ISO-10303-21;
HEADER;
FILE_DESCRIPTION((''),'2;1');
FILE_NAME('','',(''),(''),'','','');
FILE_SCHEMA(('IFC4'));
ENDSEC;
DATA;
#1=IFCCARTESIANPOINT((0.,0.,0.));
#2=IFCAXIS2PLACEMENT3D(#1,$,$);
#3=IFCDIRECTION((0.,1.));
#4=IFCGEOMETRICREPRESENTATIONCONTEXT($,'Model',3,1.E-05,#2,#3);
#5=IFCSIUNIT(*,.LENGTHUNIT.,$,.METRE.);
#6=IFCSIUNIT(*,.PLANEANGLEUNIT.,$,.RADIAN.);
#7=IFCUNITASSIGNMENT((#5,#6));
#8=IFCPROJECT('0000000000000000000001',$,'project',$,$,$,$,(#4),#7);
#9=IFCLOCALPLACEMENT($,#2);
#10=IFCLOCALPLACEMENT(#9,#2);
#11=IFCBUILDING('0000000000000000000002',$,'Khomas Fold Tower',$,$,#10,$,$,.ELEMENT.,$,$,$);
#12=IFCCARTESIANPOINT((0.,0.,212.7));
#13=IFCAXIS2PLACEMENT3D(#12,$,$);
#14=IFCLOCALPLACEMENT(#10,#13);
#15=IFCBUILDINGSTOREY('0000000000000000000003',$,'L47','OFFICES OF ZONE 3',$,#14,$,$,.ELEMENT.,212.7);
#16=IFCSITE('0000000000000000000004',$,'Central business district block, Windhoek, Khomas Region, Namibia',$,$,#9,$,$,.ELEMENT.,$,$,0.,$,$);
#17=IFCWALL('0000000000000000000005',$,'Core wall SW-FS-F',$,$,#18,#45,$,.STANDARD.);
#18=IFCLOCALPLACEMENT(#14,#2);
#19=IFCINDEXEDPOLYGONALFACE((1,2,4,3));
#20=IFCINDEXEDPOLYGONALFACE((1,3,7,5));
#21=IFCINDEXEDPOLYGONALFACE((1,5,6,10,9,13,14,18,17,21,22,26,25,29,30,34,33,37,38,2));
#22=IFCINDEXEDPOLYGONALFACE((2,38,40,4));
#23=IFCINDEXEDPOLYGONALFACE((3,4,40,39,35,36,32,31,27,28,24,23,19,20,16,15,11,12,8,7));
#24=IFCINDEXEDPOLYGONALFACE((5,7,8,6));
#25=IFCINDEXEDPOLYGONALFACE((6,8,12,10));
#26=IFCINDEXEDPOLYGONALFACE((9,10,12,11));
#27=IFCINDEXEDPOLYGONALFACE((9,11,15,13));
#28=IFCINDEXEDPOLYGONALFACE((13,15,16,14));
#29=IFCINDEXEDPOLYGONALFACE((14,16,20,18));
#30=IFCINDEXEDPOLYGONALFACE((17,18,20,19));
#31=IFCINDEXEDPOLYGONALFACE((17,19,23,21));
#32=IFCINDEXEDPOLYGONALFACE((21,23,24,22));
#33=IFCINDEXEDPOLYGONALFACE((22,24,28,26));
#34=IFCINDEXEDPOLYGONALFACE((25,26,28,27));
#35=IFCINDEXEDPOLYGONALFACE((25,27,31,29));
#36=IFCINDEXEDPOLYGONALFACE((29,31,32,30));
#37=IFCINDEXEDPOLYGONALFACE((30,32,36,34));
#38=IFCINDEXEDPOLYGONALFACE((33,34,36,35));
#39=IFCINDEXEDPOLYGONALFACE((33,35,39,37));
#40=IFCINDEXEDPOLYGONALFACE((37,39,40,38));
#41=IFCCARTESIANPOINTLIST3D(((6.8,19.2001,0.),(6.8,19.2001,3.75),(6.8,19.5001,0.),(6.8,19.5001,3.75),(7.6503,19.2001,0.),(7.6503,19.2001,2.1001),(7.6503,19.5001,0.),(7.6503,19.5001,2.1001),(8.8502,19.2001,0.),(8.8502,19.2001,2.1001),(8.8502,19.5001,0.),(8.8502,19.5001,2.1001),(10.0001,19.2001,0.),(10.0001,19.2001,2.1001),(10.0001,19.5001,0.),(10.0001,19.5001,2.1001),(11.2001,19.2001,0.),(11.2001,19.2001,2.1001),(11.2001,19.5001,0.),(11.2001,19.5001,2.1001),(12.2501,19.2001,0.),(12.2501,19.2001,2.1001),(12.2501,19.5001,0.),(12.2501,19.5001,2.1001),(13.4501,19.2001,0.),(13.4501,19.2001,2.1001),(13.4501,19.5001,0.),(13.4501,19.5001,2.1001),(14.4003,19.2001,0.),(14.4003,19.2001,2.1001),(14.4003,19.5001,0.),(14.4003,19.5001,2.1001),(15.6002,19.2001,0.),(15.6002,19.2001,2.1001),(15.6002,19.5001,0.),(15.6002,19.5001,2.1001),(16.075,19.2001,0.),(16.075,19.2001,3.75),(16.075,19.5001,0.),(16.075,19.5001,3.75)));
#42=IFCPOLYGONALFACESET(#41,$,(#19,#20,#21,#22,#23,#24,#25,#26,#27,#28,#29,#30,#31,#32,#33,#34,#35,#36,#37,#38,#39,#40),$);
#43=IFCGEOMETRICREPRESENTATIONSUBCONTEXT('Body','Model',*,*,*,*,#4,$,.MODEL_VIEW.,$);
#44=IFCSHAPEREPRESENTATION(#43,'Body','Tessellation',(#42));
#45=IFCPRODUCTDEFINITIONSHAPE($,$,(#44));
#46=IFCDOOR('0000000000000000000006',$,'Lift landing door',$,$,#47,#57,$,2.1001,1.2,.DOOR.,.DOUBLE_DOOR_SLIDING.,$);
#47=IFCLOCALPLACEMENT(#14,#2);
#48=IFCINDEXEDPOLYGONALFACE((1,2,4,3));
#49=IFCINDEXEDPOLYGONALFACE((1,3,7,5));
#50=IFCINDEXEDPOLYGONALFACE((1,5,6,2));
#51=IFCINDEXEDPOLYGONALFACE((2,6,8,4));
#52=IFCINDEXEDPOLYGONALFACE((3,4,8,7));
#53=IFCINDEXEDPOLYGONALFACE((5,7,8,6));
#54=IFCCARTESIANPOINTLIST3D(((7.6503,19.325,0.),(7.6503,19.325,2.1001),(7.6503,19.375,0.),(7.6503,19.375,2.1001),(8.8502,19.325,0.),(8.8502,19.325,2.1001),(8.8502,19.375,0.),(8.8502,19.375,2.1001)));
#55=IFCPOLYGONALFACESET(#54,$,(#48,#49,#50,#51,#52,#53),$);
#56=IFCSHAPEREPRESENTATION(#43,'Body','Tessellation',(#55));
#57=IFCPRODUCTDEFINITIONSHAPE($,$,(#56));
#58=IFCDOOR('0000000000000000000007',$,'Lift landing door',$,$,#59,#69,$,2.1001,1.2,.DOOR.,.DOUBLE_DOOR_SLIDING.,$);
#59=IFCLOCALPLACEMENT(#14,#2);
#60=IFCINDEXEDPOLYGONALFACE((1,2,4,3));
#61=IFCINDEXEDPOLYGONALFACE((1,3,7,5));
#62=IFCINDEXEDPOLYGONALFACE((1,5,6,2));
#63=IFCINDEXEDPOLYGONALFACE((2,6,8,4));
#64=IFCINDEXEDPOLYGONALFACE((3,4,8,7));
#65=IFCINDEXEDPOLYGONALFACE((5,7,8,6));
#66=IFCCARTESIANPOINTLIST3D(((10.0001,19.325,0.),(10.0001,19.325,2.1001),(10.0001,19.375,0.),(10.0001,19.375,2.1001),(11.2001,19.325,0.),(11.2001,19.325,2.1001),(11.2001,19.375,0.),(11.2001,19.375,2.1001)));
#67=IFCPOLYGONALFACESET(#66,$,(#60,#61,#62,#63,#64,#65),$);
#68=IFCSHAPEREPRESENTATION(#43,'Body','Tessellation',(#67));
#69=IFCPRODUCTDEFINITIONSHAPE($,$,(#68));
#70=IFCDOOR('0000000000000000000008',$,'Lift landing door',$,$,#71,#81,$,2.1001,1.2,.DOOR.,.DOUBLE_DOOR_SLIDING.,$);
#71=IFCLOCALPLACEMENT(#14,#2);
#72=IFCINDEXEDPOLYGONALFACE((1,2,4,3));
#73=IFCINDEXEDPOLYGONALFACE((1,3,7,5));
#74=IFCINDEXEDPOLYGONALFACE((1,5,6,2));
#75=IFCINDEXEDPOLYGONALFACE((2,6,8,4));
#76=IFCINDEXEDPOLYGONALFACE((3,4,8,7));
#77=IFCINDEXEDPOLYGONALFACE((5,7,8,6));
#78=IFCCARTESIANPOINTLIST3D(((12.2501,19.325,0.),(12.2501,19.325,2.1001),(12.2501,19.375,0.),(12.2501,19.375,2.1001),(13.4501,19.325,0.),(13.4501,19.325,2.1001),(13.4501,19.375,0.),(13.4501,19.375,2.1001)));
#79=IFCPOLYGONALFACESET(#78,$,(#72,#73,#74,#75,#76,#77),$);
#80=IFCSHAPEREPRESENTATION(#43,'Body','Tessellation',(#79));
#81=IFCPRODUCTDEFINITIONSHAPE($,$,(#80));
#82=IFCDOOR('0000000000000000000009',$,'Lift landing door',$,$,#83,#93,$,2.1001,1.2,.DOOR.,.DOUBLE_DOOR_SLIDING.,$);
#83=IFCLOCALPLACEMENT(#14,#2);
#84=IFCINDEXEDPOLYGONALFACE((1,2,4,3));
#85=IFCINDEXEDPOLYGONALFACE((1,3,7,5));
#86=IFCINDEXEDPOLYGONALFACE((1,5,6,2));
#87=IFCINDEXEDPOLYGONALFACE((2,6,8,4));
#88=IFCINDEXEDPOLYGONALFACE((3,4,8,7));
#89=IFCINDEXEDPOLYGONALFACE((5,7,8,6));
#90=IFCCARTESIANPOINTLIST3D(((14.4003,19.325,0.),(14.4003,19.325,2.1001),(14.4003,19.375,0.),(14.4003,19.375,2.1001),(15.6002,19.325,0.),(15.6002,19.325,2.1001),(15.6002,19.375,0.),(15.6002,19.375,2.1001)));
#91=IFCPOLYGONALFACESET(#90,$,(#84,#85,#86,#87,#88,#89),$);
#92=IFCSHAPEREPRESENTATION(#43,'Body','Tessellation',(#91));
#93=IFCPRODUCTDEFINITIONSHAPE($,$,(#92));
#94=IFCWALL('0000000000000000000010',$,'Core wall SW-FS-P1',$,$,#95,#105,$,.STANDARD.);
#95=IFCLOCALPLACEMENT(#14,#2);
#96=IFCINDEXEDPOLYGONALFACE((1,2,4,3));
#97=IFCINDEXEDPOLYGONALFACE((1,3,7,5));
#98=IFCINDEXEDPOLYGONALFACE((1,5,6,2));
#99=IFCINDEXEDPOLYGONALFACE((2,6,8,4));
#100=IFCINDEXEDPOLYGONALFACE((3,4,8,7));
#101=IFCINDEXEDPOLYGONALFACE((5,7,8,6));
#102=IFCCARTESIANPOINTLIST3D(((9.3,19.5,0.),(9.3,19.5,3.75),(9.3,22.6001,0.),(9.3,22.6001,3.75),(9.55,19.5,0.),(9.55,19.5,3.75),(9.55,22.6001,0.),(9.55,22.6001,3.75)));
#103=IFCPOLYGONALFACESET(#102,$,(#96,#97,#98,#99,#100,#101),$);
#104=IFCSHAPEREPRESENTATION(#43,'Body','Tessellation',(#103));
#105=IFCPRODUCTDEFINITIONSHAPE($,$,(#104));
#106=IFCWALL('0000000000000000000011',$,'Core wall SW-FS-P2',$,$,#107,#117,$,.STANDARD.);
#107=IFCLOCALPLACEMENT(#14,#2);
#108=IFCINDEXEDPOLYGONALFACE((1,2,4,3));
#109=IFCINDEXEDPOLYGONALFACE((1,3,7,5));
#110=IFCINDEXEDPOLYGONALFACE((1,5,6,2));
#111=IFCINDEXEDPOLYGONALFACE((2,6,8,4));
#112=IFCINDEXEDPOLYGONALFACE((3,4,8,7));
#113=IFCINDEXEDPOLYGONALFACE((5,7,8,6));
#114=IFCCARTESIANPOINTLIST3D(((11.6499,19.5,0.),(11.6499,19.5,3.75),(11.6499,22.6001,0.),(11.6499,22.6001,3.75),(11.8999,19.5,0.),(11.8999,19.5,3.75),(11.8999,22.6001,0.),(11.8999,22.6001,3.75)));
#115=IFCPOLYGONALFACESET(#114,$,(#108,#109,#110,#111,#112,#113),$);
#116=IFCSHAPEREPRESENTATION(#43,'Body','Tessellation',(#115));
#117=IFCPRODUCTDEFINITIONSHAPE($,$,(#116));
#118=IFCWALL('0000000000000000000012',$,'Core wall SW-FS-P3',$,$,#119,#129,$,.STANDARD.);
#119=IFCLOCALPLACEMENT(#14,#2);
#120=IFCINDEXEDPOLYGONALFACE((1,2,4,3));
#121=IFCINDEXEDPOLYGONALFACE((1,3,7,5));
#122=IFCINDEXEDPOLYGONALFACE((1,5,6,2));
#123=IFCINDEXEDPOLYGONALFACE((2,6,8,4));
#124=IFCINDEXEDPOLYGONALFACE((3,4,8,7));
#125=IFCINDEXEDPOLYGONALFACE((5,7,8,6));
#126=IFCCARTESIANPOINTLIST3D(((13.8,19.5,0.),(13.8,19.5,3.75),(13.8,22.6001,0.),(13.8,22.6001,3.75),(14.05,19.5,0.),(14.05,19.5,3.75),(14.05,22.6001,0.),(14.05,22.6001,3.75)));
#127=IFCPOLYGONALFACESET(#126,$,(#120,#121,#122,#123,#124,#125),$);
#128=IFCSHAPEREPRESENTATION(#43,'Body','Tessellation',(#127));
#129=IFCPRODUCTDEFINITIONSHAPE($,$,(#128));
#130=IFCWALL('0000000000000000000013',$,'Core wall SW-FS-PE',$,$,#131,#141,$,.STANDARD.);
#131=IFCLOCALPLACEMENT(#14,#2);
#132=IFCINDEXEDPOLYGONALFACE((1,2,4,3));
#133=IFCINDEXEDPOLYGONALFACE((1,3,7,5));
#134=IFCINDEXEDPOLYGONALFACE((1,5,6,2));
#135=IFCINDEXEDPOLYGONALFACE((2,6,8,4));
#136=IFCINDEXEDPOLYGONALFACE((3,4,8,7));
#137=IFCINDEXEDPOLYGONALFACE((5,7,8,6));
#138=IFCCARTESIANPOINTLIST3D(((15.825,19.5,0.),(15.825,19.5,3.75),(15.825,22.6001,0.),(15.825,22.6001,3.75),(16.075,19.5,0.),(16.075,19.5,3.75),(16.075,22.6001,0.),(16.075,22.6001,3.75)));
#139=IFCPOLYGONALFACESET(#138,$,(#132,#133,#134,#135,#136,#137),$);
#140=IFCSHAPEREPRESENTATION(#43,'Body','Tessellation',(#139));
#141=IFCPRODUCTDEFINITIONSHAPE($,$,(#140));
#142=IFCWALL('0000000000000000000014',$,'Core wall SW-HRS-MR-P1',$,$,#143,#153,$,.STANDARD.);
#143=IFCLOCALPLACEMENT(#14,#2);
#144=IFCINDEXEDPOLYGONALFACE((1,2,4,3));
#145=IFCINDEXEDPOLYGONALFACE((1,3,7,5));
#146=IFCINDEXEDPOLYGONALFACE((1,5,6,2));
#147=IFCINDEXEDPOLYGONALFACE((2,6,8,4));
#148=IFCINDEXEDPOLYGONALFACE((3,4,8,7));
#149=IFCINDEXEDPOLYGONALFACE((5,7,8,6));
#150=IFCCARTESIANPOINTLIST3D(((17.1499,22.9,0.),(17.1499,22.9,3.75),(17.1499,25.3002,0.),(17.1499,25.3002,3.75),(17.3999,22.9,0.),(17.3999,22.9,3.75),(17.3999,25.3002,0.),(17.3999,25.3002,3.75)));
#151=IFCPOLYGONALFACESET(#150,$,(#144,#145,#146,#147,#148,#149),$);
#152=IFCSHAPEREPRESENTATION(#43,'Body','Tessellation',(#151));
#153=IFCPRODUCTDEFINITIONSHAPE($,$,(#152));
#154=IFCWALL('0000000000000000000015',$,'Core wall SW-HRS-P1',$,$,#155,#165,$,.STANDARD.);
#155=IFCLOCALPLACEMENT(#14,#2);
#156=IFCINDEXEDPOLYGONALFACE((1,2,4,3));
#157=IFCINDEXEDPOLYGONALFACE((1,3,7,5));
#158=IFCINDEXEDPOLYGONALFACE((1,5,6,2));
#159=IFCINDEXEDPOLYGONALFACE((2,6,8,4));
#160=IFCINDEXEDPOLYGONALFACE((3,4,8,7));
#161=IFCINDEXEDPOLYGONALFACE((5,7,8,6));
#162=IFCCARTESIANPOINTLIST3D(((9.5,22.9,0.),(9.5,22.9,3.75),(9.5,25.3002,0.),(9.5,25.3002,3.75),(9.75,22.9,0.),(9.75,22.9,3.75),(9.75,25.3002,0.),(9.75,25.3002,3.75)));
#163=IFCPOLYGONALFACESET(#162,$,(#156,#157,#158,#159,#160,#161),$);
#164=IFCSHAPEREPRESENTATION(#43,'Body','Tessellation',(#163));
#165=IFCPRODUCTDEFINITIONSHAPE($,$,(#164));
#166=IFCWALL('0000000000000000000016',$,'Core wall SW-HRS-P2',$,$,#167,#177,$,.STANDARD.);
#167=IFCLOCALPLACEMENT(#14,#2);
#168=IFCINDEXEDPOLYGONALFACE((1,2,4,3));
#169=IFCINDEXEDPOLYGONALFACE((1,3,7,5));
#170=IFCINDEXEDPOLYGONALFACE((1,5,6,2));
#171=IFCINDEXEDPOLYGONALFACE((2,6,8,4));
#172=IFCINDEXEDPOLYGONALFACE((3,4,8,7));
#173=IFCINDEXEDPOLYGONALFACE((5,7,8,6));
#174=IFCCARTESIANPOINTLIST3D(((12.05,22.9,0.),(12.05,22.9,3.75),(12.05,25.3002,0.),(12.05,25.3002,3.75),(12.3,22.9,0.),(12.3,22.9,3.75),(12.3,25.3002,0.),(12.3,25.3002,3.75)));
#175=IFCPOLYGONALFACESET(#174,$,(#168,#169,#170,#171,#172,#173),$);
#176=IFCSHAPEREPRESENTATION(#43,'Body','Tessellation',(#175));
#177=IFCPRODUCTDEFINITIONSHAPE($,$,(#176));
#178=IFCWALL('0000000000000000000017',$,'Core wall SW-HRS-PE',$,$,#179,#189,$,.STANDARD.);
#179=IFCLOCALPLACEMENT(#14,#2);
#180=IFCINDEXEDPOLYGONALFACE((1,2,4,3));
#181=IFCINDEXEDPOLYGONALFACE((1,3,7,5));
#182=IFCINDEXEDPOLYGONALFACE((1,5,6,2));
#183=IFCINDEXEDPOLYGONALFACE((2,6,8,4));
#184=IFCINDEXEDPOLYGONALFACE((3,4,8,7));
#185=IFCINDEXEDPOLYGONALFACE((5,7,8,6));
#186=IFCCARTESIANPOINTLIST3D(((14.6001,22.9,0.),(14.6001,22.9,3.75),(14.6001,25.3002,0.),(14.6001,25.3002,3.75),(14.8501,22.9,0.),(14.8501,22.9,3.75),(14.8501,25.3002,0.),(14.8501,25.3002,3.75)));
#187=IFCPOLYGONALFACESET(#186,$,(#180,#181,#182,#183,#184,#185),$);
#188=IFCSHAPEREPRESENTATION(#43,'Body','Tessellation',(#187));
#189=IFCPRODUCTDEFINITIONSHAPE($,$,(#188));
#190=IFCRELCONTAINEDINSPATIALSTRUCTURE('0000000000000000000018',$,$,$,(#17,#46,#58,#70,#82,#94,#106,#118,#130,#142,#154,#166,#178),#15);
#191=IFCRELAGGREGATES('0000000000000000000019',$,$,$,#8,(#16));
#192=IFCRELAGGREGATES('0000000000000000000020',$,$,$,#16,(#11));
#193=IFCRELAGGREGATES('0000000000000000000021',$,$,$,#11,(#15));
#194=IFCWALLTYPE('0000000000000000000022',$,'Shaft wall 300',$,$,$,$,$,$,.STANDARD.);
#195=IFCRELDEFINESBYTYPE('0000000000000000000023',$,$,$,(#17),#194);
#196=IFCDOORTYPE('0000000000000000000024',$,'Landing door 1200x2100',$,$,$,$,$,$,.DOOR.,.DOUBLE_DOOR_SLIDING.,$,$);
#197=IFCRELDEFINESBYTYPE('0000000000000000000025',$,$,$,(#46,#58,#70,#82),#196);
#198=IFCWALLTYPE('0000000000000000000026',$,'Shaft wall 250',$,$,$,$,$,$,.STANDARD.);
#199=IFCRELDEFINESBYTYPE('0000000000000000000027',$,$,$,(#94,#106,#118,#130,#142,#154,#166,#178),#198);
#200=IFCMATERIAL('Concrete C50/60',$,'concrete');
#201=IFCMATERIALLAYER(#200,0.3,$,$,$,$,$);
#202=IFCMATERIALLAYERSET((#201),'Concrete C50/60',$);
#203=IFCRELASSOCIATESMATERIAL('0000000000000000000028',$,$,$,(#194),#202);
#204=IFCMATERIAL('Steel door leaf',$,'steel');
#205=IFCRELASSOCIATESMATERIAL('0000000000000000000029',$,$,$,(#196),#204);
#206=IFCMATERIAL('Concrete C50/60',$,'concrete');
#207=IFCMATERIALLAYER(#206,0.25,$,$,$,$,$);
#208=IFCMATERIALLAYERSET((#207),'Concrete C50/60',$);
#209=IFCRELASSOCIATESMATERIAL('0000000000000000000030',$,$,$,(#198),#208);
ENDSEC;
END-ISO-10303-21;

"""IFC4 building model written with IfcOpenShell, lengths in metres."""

from ifc_helpers import new_model, si_unit, direction, frame, frame_2d, origin, place, context, subcontext, project, spatial, rectangle, extrude, source, transform, mapped, material, layer, layer_set, type_object, element, fill, save


model = new_model("IFC4")

# Units and contexts
model_context = context("Model", 3, precision=1e-05, world=origin(), true_north=direction((0.0, 1.0)))
body_context = subcontext(model_context, "Body", "Model", "MODEL_VIEW")
ifc_project = project(units=[si_unit("LENGTHUNIT", "METRE"), si_unit("PLANEANGLEUNIT", "RADIAN")], contexts=[model_context])

# Site, building, storey
site_placement = place(None, origin())
site = spatial("IfcSite", under=ifc_project, at=site_placement, Name="Central business district block, Windhoek, Khomas Region, Namibia", CompositionType="ELEMENT", RefElevation=0.0)
building_placement = place(site_placement, origin())
building = spatial("IfcBuilding", under=site, at=building_placement, Name="Khomas Fold Tower", CompositionType="ELEMENT")
storey_placement = place(building_placement, frame((0.0, 0.0, 212.7)))
storey = spatial("IfcBuildingStorey", under=building, at=storey_placement, Name="L47", Description="OFFICES OF ZONE 3", CompositionType="ELEMENT", Elevation=212.7)

# Shared definitions
ifc_material_1 = material(Name="Concrete C50/60", Category="concrete")
ifc_layer_1 = layer(ifc_material_1, 0.3)
ifc_layer_set_1 = layer_set([ifc_layer_1], Name="Concrete C50/60")
wall_type_1 = type_object("IfcWallType", Name="Shaft wall 300", PredefinedType="STANDARD", material=ifc_layer_set_1)

# Wall, openings, doors
shared_shape_1 = source(origin(), body_context, "Body", "SweptSolid", [
    extrude(rectangle(XDim=1.2, YDim=2.1001, at=frame_2d((0.6001, 1.05))), frame((0.0, 0.1599, 0.0), z_axis=(0.0, -1.0, 0.0), x_axis=(1.0, 0.0, 0.0)), (0.0, 0.0, 1.0), 0.3201),
])
ifc_material_2 = material(Name="Steel door leaf", Category="steel")
door_type = type_object("IfcDoorType", Name="Landing door 1200x2100", OperationType="DOUBLE_DOOR_SLIDING", PredefinedType="DOOR", material=ifc_material_2)
shared_shape_2 = source(origin(), body_context, "Body", "SweptSolid", [
    extrude(rectangle(XDim=1.2, YDim=2.1001, at=frame_2d((0.6001, 1.05))), frame((0.0, 0.0249, 0.0), z_axis=(0.0, -1.0, 0.0), x_axis=(1.0, 0.0, 0.0)), (0.0, 0.0, 1.0), 0.05),
])
shared_shape_3 = source(origin(), body_context, "Body", "SweptSolid", [
    extrude(rectangle(XDim=9.2749, YDim=0.3, at=frame_2d((4.6375, 0.0))), origin(), (0.0, 0.0, 1.0), 3.75),
])
wall_1_placement = place(storey_placement, frame((6.8, 19.3501, 0.0), z_axis=(0.0, 0.0, 1.0), x_axis=(1.0, 0.0, 0.0)))
wall_1 = element("IfcWall", 1, at=wall_1_placement, inside=storey, type_object=wall_type_1, Name="Core wall SW-FS-F", PredefinedType="STANDARD", context=body_context, shape_type="MappedRepresentation", body=[
    mapped(shared_shape_3, transform((0.0, 0.0, 0.0))),
])
opening_1_placement = place(wall_1_placement, frame((0.8501, 0.0, 0.0)))
opening_1 = element("IfcOpeningElement", 2, at=opening_1_placement, cuts=wall_1, PredefinedType="OPENING", context=body_context, shape_type="MappedRepresentation", body=[
    mapped(shared_shape_1, transform((0.0, 0.0, 0.0))),
])
opening_2_placement = place(wall_1_placement, frame((3.2, 0.0, 0.0)))
opening_2 = element("IfcOpeningElement", 3, at=opening_2_placement, cuts=wall_1, PredefinedType="OPENING", context=body_context, shape_type="MappedRepresentation", body=[
    mapped(shared_shape_1, transform((0.0, 0.0, 0.0))),
])
opening_3_placement = place(wall_1_placement, frame((5.45, 0.0, 0.0)))
opening_3 = element("IfcOpeningElement", 4, at=opening_3_placement, cuts=wall_1, PredefinedType="OPENING", context=body_context, shape_type="MappedRepresentation", body=[
    mapped(shared_shape_1, transform((0.0, 0.0, 0.0))),
])
opening_4_placement = place(wall_1_placement, frame((7.6001, 0.0, 0.0)))
opening_4 = element("IfcOpeningElement", 5, at=opening_4_placement, cuts=wall_1, PredefinedType="OPENING", context=body_context, shape_type="MappedRepresentation", body=[
    mapped(shared_shape_1, transform((0.0, 0.0, 0.0))),
])
door_1_placement = place(opening_1_placement, origin())
door_1 = element("IfcDoor", 6, at=door_1_placement, inside=storey, type_object=door_type, Name="Lift landing door", OperationType="DOUBLE_DOOR_SLIDING", OverallHeight=2.1001, OverallWidth=1.2, PredefinedType="DOOR", context=body_context, shape_type="MappedRepresentation", body=[
    mapped(shared_shape_2, transform((0.0, 0.0, 0.0))),
])
fill(opening_1, door_1)
door_2_placement = place(opening_2_placement, origin())
door_2 = element("IfcDoor", 7, at=door_2_placement, inside=storey, type_object=door_type, Name="Lift landing door", OperationType="DOUBLE_DOOR_SLIDING", OverallHeight=2.1001, OverallWidth=1.2, PredefinedType="DOOR", context=body_context, shape_type="MappedRepresentation", body=[
    mapped(shared_shape_2, transform((0.0, 0.0, 0.0))),
])
fill(opening_2, door_2)
door_3_placement = place(opening_3_placement, origin())
door_3 = element("IfcDoor", 8, at=door_3_placement, inside=storey, type_object=door_type, Name="Lift landing door", OperationType="DOUBLE_DOOR_SLIDING", OverallHeight=2.1001, OverallWidth=1.2, PredefinedType="DOOR", context=body_context, shape_type="MappedRepresentation", body=[
    mapped(shared_shape_2, transform((0.0, 0.0, 0.0))),
])
fill(opening_3, door_3)
door_4_placement = place(opening_4_placement, origin())
door_4 = element("IfcDoor", 9, at=door_4_placement, inside=storey, type_object=door_type, Name="Lift landing door", OperationType="DOUBLE_DOOR_SLIDING", OverallHeight=2.1001, OverallWidth=1.2, PredefinedType="DOOR", context=body_context, shape_type="MappedRepresentation", body=[
    mapped(shared_shape_2, transform((0.0, 0.0, 0.0))),
])
fill(opening_4, door_4)

# Walls
ifc_material_3 = material(Name="Concrete C50/60", Category="concrete")
ifc_layer_2 = layer(ifc_material_3, 0.25)
ifc_layer_set_2 = layer_set([ifc_layer_2], Name="Concrete C50/60")
wall_type_2 = type_object("IfcWallType", Name="Shaft wall 250", PredefinedType="STANDARD", material=ifc_layer_set_2)
shared_shape_4 = source(origin(), body_context, "Body", "SweptSolid", [
    extrude(rectangle(XDim=3.1001, YDim=0.25, at=frame_2d((1.55, 0.0))), origin(), (0.0, 0.0, 1.0), 3.75),
])
for number, where, z_axis, x_axis, name in (
    (10, (9.425, 19.5, 0.0), (0.0, 0.0, 1.0), (0.0, 1.0, 0.0), "Core wall SW-FS-P1"),
    (11, (11.7749, 19.5, 0.0), (0.0, 0.0, 1.0), (0.0, 1.0, 0.0), "Core wall SW-FS-P2"),
    (12, (13.925, 19.5, 0.0), (0.0, 0.0, 1.0), (0.0, 1.0, 0.0), "Core wall SW-FS-P3"),
    (13, (15.95, 19.5, 0.0), (0.0, 0.0, 1.0), (0.0, 1.0, 0.0), "Core wall SW-FS-PE"),
):
    element("IfcWall", number, at=place(storey_placement, frame(where, z_axis=z_axis, x_axis=x_axis)), inside=storey, type_object=wall_type_2, Name=name, PredefinedType="STANDARD", context=body_context, shape_type="MappedRepresentation", body=[
        mapped(shared_shape_4, transform((0.0, 0.0, 0.0))),
    ])
shared_shape_5 = source(origin(), body_context, "Body", "SweptSolid", [
    extrude(rectangle(XDim=2.4001, YDim=0.25, at=frame_2d((1.2002, 0.0))), origin(), (0.0, 0.0, 1.0), 3.75),
])
for number, where, z_axis, x_axis, name in (
    (14, (17.2749, 22.8999, 0.0), (0.0, 0.0, 1.0), (0.0, 1.0, 0.0), "Core wall SW-HRS-MR-P1"),
    (15, (9.625, 22.8999, 0.0), (0.0, 0.0, 1.0), (0.0, 1.0, 0.0), "Core wall SW-HRS-P1"),
    (16, (12.175, 22.8999, 0.0), (0.0, 0.0, 1.0), (0.0, 1.0, 0.0), "Core wall SW-HRS-P2"),
    (17, (14.7251, 22.8999, 0.0), (0.0, 0.0, 1.0), (0.0, 1.0, 0.0), "Core wall SW-HRS-PE"),
):
    element("IfcWall", number, at=place(storey_placement, frame(where, z_axis=z_axis, x_axis=x_axis)), inside=storey, type_object=wall_type_2, Name=name, PredefinedType="STANDARD", context=body_context, shape_type="MappedRepresentation", body=[
        mapped(shared_shape_5, transform((0.0, 0.0, 0.0))),
    ])

save(model, "model.ifc")
